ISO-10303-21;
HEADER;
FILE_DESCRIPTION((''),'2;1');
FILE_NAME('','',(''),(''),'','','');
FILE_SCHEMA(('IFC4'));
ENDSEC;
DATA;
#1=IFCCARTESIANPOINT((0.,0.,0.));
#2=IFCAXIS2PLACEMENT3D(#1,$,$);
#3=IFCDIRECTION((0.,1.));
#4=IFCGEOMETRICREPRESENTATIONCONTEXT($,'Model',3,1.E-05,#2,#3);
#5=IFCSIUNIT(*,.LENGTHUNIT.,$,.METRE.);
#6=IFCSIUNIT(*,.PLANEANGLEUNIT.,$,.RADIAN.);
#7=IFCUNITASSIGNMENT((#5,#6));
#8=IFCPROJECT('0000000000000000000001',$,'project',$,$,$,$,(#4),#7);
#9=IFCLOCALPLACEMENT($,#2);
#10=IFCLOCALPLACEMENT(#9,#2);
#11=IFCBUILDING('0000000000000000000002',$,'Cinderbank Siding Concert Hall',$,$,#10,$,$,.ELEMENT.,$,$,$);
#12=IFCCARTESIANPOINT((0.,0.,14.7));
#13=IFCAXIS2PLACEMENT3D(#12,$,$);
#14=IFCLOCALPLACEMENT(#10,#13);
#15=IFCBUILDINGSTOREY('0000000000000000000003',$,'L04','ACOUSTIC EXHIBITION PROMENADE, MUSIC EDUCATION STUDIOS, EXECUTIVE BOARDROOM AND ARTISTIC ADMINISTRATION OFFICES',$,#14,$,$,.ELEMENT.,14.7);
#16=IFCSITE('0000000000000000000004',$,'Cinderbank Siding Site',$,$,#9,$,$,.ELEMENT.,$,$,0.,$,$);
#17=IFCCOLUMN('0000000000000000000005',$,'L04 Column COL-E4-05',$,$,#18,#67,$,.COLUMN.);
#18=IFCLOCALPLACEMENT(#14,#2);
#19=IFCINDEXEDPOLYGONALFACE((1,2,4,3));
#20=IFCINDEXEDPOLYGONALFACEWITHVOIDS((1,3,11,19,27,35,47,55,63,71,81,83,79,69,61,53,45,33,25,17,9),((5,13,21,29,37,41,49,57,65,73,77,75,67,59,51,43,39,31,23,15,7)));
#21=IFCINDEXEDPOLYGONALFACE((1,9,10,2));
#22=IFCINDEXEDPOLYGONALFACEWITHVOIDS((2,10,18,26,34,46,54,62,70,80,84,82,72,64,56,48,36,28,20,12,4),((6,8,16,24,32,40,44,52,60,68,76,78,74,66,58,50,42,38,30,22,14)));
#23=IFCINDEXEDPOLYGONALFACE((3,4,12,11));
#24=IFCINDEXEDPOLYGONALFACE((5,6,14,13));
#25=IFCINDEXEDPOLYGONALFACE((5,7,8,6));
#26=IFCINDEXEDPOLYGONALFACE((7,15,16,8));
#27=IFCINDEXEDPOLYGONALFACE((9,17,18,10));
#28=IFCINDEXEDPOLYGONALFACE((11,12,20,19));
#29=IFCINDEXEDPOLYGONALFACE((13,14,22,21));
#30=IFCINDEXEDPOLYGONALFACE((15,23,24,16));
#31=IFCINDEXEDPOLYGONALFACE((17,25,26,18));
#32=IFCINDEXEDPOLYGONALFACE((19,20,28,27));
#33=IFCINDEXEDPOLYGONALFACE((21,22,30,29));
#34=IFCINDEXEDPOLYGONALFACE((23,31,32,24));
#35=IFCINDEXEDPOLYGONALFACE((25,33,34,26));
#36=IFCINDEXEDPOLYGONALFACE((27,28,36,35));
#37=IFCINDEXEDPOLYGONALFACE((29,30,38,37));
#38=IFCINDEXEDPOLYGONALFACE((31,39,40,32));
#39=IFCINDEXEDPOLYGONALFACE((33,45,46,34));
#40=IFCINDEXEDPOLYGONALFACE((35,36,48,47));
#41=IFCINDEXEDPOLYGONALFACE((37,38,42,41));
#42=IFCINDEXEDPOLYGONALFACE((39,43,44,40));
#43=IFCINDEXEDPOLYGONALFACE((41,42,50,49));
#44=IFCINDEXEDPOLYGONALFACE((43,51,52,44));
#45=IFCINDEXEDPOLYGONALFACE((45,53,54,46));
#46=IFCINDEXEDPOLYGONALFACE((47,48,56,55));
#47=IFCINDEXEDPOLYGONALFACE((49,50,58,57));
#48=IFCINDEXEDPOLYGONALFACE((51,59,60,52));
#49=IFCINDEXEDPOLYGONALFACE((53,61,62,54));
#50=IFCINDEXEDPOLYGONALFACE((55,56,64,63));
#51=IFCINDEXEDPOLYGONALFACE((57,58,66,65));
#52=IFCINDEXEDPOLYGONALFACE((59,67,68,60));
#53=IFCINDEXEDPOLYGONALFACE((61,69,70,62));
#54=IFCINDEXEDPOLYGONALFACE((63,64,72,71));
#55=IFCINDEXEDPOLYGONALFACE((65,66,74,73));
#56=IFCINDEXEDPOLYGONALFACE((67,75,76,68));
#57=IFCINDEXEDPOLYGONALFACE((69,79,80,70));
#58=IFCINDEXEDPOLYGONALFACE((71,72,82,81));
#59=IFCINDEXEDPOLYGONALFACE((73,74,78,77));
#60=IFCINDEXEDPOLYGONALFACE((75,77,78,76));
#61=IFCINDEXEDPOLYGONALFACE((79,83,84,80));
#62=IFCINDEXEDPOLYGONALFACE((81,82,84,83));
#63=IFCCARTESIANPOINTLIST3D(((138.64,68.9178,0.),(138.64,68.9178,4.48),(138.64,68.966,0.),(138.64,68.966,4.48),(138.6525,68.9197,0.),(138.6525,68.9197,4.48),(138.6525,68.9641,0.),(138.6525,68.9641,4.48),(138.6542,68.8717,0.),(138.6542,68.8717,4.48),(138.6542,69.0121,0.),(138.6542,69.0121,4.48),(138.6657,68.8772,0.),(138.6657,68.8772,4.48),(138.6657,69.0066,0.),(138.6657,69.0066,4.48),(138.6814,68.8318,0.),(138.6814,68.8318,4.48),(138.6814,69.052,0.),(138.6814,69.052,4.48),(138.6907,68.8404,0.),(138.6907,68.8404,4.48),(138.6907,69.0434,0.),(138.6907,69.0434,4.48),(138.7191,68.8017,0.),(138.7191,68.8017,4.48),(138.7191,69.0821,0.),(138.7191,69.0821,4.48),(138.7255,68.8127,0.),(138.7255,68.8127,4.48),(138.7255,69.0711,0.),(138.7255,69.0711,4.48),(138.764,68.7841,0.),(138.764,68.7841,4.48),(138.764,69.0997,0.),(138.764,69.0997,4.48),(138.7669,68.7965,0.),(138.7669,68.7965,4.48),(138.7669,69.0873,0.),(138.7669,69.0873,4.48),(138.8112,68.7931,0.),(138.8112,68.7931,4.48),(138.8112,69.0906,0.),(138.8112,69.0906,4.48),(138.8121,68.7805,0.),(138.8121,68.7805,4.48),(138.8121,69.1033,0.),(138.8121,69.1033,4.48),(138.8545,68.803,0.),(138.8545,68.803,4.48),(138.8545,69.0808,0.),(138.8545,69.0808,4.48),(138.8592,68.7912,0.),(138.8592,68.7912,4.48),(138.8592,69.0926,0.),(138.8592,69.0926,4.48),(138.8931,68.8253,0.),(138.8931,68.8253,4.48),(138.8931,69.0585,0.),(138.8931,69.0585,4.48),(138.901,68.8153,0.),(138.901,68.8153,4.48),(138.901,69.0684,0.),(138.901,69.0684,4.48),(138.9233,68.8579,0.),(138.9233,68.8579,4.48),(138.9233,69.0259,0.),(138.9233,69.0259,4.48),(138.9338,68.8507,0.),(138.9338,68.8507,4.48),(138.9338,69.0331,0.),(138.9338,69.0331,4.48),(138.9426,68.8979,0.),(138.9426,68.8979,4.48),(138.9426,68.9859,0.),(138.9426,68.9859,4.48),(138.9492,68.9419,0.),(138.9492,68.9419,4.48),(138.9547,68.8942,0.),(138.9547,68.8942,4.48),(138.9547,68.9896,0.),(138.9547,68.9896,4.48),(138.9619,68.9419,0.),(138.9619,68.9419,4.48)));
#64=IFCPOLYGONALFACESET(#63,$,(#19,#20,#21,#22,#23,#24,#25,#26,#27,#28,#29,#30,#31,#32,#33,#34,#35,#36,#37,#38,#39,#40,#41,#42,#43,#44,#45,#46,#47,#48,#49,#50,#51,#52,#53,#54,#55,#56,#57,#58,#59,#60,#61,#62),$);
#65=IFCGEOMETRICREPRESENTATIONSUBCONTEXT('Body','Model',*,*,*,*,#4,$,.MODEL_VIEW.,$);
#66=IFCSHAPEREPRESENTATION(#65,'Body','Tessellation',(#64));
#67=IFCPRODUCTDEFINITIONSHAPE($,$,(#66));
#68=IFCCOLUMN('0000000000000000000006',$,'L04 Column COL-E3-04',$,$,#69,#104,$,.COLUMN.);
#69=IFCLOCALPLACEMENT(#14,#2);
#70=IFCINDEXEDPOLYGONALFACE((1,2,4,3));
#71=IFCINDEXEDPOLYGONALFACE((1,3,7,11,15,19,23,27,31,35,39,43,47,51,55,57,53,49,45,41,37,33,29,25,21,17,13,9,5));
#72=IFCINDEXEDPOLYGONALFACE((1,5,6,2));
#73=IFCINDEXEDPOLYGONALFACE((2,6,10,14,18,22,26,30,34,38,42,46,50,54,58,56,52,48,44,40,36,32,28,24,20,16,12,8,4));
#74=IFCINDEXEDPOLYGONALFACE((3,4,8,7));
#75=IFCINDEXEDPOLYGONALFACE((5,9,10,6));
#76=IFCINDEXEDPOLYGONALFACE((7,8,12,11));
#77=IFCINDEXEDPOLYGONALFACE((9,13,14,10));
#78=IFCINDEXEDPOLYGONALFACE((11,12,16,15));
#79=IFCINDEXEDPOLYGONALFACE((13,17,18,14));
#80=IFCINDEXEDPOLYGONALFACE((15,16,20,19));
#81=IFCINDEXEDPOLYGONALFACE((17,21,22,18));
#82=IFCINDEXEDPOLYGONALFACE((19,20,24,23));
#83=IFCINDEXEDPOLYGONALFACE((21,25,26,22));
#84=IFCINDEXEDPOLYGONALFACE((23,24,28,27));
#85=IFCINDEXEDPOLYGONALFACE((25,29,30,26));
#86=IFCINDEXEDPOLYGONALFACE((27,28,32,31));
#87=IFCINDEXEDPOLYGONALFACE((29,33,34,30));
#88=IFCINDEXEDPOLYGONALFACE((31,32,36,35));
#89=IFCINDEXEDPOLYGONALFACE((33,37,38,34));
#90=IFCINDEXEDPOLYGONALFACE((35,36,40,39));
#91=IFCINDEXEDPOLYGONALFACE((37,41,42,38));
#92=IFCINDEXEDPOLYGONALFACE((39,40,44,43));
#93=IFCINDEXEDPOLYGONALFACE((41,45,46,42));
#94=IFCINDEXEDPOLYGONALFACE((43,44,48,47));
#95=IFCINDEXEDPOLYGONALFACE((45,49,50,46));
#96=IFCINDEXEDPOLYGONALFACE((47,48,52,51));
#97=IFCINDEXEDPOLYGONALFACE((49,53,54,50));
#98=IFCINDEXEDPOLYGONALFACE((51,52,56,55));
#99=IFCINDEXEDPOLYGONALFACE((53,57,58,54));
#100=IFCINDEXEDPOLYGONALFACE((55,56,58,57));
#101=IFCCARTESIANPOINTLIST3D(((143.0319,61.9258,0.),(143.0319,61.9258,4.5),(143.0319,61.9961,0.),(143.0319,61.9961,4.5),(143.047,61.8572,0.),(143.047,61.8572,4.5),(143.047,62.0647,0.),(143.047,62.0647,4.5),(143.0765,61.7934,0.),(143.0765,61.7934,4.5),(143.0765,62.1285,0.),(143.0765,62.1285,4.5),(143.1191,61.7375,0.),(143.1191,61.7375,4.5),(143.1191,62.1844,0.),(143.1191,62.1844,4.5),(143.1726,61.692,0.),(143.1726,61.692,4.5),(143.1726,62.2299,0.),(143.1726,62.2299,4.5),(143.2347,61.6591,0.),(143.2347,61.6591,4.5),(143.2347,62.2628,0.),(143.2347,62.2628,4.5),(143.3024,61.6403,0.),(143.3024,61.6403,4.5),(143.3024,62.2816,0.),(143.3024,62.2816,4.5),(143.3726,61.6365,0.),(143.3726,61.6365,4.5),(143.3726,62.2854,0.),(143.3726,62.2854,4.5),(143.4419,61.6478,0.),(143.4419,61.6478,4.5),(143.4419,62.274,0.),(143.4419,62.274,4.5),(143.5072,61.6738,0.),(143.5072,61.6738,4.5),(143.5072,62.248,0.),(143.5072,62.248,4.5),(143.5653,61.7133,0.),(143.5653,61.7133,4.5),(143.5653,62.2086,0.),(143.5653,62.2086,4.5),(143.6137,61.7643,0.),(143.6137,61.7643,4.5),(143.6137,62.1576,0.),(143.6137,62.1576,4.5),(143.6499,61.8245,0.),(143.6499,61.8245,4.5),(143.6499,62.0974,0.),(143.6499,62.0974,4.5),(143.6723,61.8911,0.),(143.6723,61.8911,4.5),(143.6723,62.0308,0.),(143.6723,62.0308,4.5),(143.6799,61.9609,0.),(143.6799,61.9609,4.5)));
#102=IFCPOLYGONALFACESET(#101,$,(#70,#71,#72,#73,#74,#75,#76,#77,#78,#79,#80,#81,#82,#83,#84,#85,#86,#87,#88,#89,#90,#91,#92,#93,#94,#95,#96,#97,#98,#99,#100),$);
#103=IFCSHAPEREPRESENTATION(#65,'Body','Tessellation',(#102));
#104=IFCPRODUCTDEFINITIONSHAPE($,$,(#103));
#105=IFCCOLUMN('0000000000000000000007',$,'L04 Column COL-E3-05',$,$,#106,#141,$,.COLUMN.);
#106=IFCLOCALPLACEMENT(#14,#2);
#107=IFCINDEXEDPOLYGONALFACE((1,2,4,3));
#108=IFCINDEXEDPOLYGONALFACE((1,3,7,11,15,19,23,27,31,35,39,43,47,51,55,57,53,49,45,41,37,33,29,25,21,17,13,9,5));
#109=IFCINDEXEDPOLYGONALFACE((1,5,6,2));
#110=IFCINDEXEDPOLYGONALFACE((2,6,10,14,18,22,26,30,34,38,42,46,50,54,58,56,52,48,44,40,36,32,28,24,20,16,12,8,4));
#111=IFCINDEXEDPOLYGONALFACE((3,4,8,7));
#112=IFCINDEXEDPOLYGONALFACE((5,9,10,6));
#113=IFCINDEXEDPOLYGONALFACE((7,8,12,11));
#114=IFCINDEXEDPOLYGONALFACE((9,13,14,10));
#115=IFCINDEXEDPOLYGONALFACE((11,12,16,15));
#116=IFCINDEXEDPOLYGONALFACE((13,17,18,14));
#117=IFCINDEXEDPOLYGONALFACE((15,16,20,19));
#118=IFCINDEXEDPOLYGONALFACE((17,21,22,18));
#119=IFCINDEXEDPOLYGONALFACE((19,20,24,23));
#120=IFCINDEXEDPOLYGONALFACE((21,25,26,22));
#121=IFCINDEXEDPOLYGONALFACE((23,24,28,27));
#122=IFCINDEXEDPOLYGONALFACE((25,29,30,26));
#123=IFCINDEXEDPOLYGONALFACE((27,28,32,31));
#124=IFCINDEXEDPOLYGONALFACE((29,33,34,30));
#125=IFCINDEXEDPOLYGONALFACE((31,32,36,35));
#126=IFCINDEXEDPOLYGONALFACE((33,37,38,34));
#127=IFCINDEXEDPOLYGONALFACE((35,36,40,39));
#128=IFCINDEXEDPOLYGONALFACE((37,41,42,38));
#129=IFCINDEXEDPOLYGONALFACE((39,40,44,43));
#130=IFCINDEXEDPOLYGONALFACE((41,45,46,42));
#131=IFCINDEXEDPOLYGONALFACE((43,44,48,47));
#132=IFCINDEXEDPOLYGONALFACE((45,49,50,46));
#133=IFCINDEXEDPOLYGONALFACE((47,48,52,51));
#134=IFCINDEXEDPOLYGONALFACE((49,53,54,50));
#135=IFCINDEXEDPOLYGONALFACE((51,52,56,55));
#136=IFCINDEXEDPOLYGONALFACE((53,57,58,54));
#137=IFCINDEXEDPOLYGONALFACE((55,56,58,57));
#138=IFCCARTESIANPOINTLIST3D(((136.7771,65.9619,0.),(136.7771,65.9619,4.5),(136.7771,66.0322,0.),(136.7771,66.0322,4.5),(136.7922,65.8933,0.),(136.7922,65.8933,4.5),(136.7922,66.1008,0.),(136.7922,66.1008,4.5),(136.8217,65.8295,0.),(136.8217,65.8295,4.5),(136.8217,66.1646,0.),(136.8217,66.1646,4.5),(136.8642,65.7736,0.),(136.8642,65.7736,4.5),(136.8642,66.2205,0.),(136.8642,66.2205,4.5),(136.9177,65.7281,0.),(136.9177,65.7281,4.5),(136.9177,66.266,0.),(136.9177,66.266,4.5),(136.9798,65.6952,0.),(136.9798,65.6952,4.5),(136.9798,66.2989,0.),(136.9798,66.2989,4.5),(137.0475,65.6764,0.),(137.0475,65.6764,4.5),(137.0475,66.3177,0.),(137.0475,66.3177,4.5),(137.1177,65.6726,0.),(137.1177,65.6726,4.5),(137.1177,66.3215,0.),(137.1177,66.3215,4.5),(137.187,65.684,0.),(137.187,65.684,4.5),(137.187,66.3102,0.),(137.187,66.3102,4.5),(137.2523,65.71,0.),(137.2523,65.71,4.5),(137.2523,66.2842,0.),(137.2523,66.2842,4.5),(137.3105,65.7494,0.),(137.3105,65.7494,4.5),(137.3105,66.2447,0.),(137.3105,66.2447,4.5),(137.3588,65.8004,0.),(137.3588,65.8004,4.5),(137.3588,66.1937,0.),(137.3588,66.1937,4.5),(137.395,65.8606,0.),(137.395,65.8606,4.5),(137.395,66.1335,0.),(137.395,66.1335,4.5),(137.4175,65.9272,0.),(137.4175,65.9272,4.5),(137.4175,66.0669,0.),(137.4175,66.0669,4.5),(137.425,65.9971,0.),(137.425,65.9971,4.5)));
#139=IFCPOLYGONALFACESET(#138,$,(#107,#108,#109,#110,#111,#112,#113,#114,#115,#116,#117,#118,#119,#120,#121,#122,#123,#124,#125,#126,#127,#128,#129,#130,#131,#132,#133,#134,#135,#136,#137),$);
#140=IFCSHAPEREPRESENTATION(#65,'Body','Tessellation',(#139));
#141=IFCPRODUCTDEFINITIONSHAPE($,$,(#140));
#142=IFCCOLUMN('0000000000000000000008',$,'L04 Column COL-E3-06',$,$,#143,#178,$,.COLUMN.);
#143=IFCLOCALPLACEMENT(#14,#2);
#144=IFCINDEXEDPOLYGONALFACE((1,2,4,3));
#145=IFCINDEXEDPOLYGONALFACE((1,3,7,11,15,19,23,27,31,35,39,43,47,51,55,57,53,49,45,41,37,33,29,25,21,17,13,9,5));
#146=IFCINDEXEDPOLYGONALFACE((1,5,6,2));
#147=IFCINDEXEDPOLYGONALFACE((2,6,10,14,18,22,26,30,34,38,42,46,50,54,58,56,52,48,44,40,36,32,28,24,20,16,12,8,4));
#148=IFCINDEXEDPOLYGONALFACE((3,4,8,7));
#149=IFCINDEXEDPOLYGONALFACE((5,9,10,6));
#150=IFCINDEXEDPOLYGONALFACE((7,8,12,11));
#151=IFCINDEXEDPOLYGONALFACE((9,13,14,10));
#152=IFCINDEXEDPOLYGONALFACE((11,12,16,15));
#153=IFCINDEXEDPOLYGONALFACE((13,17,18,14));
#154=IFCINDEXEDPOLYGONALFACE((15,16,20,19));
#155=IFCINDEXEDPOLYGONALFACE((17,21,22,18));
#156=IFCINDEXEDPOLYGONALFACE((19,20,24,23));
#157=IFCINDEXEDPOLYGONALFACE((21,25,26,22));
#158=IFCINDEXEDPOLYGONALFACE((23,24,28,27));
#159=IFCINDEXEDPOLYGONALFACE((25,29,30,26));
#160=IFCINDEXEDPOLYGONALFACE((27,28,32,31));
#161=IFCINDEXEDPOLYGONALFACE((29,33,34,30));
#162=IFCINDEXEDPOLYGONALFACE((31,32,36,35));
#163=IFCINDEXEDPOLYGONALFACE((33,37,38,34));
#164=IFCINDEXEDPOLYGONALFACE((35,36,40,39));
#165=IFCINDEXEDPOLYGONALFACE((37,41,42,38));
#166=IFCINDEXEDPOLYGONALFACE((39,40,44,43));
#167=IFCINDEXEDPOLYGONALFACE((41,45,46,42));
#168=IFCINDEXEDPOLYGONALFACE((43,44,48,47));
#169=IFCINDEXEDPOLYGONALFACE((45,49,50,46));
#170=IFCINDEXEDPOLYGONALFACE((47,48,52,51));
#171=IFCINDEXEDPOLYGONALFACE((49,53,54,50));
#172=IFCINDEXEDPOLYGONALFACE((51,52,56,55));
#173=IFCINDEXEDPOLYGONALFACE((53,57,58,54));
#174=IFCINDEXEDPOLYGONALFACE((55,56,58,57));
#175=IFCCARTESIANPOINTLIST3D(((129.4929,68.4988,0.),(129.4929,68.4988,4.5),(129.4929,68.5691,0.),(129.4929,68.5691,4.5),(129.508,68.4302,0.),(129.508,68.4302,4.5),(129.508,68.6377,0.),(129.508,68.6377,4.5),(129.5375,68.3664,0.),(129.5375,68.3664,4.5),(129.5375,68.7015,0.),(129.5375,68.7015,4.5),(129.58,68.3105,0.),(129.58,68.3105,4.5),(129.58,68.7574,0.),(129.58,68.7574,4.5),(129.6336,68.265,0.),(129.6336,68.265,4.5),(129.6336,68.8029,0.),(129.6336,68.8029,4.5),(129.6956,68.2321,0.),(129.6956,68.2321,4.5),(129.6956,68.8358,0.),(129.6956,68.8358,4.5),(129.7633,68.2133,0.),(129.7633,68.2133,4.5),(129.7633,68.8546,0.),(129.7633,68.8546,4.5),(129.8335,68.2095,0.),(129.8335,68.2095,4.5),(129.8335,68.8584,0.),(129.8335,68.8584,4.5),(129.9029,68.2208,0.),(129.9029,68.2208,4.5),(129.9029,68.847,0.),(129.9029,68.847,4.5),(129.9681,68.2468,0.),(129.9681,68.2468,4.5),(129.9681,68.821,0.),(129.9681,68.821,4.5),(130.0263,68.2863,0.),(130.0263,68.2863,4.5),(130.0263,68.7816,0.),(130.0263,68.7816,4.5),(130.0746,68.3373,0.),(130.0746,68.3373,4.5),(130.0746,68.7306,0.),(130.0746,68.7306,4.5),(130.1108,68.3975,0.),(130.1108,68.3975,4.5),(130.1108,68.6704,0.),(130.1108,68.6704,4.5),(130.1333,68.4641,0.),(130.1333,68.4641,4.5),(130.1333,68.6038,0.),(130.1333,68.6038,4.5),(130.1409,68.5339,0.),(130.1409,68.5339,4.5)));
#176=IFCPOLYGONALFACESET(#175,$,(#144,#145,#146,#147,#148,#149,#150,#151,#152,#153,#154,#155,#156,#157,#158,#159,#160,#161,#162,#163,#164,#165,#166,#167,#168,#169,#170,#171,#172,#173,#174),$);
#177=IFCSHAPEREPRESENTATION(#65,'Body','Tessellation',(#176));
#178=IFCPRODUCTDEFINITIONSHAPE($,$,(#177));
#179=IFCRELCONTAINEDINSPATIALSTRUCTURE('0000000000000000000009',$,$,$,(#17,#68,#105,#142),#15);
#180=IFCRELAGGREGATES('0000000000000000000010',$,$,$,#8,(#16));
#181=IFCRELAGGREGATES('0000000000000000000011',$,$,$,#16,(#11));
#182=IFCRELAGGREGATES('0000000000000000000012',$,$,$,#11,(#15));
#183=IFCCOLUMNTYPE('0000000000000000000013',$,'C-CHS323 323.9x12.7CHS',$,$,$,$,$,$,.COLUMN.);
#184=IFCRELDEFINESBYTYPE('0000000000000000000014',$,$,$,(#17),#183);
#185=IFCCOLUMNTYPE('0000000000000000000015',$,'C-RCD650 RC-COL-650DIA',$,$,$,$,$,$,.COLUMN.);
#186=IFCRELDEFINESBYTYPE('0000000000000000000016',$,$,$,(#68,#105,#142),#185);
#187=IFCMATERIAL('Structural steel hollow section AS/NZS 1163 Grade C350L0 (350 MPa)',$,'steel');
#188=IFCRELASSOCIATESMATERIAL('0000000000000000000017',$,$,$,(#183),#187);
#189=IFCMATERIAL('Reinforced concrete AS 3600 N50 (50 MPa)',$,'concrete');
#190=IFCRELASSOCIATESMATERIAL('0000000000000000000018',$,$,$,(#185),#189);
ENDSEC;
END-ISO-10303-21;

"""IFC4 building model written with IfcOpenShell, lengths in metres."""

from ifc_helpers import new_model, si_unit, direction, frame, origin, origin_2d, place, context, subcontext, project, spatial, circle, hollow_circle, extrude, material, material_profile, profile_set, type_object, element, save


model = new_model("IFC4")

# Units and contexts
model_context = context("Model", 3, precision=1e-05, world=origin(), true_north=direction((0.0, 1.0)))
body_context = subcontext(model_context, "Body", "Model", "MODEL_VIEW")
ifc_project = project(units=[si_unit("LENGTHUNIT", "METRE"), si_unit("PLANEANGLEUNIT", "RADIAN")], contexts=[model_context])

# Site, building, storey
site_placement = place(None, origin())
site = spatial("IfcSite", under=ifc_project, at=site_placement, Name="Cinderbank Siding Site", CompositionType="ELEMENT", RefElevation=0.0)
building_placement = place(site_placement, origin())
building = spatial("IfcBuilding", under=site, at=building_placement, Name="Cinderbank Siding Concert Hall", CompositionType="ELEMENT")
storey_placement = place(building_placement, frame((0.0, 0.0, 14.7)))
storey = spatial("IfcBuildingStorey", under=building, at=storey_placement, Name="L04", Description="ACOUSTIC EXHIBITION PROMENADE, MUSIC EDUCATION STUDIOS, EXECUTIVE BOARDROOM AND ARTISTIC ADMINISTRATION OFFICES", CompositionType="ELEMENT", Elevation=14.7)

# Columns
ifc_material_1 = material(Name="Structural steel hollow section AS/NZS 1163 Grade C350L0 (350 MPa)", Category="steel")
ifc_material_profile_1 = material_profile(ifc_material_1, hollow_circle(Radius=0.1619, WallThickness=0.0127, at=origin_2d()), Name="323.9x12.7CHS", Category="LoadBearing")
ifc_profile_set_1 = profile_set([ifc_material_profile_1], Name="Structural steel hollow section AS/NZS 1163 Grade C350L0 (350 MPa)")
column_type_1 = type_object("IfcColumnType", Name="C-CHS323 323.9x12.7CHS", PredefinedType="COLUMN", material=ifc_profile_set_1)
column_placement = place(storey_placement, frame((138.8, 68.9419, 0.0), z_axis=(0.0, 0.0, 1.0), x_axis=(1.0, 0.0, 0.0)))
element("IfcColumn", 1, at=column_placement, inside=storey, type_object=column_type_1, Name="L04 Column COL-E4-05", PredefinedType="COLUMN", context=body_context, shape_type="SweptSolid", body=[
    extrude(hollow_circle(Radius=0.1619, WallThickness=0.0127, at=origin_2d()), origin(), (0.0, 0.0, 1.0), 4.48),
])
ifc_material_2 = material(Name="Reinforced concrete AS 3600 N50 (50 MPa)", Category="concrete")
ifc_material_profile_2 = material_profile(ifc_material_2, circle(Radius=0.325, at=origin_2d()), Name="RC-COL-650DIA", Category="LoadBearing")
ifc_profile_set_2 = profile_set([ifc_material_profile_2], Name="Reinforced concrete AS 3600 N50 (50 MPa)")
column_type_2 = type_object("IfcColumnType", Name="C-RCD650 RC-COL-650DIA", PredefinedType="COLUMN", material=ifc_profile_set_2)
for number, where, z_axis, x_axis, name in (
    (2, (143.355, 61.9609, 0.0), (0.0, 0.0, 1.0), (1.0, 0.0, 0.0), "L04 Column COL-E3-04"),
    (3, (137.1001, 65.9971, 0.0), (0.0, 0.0, 1.0), (1.0, 0.0, 0.0), "L04 Column COL-E3-05"),
    (4, (129.8159, 68.5339, 0.0), (0.0, 0.0, 1.0), (1.0, 0.0, 0.0), "L04 Column COL-E3-06"),
):
    element("IfcColumn", number, at=place(storey_placement, frame(where, z_axis=z_axis, x_axis=x_axis)), inside=storey, type_object=column_type_2, Name=name, PredefinedType="COLUMN", context=body_context, shape_type="SweptSolid", body=[
        extrude(circle(Radius=0.325, at=origin_2d()), origin(), (0.0, 0.0, 1.0), 4.5),
    ])

save(model, "model.ifc")
